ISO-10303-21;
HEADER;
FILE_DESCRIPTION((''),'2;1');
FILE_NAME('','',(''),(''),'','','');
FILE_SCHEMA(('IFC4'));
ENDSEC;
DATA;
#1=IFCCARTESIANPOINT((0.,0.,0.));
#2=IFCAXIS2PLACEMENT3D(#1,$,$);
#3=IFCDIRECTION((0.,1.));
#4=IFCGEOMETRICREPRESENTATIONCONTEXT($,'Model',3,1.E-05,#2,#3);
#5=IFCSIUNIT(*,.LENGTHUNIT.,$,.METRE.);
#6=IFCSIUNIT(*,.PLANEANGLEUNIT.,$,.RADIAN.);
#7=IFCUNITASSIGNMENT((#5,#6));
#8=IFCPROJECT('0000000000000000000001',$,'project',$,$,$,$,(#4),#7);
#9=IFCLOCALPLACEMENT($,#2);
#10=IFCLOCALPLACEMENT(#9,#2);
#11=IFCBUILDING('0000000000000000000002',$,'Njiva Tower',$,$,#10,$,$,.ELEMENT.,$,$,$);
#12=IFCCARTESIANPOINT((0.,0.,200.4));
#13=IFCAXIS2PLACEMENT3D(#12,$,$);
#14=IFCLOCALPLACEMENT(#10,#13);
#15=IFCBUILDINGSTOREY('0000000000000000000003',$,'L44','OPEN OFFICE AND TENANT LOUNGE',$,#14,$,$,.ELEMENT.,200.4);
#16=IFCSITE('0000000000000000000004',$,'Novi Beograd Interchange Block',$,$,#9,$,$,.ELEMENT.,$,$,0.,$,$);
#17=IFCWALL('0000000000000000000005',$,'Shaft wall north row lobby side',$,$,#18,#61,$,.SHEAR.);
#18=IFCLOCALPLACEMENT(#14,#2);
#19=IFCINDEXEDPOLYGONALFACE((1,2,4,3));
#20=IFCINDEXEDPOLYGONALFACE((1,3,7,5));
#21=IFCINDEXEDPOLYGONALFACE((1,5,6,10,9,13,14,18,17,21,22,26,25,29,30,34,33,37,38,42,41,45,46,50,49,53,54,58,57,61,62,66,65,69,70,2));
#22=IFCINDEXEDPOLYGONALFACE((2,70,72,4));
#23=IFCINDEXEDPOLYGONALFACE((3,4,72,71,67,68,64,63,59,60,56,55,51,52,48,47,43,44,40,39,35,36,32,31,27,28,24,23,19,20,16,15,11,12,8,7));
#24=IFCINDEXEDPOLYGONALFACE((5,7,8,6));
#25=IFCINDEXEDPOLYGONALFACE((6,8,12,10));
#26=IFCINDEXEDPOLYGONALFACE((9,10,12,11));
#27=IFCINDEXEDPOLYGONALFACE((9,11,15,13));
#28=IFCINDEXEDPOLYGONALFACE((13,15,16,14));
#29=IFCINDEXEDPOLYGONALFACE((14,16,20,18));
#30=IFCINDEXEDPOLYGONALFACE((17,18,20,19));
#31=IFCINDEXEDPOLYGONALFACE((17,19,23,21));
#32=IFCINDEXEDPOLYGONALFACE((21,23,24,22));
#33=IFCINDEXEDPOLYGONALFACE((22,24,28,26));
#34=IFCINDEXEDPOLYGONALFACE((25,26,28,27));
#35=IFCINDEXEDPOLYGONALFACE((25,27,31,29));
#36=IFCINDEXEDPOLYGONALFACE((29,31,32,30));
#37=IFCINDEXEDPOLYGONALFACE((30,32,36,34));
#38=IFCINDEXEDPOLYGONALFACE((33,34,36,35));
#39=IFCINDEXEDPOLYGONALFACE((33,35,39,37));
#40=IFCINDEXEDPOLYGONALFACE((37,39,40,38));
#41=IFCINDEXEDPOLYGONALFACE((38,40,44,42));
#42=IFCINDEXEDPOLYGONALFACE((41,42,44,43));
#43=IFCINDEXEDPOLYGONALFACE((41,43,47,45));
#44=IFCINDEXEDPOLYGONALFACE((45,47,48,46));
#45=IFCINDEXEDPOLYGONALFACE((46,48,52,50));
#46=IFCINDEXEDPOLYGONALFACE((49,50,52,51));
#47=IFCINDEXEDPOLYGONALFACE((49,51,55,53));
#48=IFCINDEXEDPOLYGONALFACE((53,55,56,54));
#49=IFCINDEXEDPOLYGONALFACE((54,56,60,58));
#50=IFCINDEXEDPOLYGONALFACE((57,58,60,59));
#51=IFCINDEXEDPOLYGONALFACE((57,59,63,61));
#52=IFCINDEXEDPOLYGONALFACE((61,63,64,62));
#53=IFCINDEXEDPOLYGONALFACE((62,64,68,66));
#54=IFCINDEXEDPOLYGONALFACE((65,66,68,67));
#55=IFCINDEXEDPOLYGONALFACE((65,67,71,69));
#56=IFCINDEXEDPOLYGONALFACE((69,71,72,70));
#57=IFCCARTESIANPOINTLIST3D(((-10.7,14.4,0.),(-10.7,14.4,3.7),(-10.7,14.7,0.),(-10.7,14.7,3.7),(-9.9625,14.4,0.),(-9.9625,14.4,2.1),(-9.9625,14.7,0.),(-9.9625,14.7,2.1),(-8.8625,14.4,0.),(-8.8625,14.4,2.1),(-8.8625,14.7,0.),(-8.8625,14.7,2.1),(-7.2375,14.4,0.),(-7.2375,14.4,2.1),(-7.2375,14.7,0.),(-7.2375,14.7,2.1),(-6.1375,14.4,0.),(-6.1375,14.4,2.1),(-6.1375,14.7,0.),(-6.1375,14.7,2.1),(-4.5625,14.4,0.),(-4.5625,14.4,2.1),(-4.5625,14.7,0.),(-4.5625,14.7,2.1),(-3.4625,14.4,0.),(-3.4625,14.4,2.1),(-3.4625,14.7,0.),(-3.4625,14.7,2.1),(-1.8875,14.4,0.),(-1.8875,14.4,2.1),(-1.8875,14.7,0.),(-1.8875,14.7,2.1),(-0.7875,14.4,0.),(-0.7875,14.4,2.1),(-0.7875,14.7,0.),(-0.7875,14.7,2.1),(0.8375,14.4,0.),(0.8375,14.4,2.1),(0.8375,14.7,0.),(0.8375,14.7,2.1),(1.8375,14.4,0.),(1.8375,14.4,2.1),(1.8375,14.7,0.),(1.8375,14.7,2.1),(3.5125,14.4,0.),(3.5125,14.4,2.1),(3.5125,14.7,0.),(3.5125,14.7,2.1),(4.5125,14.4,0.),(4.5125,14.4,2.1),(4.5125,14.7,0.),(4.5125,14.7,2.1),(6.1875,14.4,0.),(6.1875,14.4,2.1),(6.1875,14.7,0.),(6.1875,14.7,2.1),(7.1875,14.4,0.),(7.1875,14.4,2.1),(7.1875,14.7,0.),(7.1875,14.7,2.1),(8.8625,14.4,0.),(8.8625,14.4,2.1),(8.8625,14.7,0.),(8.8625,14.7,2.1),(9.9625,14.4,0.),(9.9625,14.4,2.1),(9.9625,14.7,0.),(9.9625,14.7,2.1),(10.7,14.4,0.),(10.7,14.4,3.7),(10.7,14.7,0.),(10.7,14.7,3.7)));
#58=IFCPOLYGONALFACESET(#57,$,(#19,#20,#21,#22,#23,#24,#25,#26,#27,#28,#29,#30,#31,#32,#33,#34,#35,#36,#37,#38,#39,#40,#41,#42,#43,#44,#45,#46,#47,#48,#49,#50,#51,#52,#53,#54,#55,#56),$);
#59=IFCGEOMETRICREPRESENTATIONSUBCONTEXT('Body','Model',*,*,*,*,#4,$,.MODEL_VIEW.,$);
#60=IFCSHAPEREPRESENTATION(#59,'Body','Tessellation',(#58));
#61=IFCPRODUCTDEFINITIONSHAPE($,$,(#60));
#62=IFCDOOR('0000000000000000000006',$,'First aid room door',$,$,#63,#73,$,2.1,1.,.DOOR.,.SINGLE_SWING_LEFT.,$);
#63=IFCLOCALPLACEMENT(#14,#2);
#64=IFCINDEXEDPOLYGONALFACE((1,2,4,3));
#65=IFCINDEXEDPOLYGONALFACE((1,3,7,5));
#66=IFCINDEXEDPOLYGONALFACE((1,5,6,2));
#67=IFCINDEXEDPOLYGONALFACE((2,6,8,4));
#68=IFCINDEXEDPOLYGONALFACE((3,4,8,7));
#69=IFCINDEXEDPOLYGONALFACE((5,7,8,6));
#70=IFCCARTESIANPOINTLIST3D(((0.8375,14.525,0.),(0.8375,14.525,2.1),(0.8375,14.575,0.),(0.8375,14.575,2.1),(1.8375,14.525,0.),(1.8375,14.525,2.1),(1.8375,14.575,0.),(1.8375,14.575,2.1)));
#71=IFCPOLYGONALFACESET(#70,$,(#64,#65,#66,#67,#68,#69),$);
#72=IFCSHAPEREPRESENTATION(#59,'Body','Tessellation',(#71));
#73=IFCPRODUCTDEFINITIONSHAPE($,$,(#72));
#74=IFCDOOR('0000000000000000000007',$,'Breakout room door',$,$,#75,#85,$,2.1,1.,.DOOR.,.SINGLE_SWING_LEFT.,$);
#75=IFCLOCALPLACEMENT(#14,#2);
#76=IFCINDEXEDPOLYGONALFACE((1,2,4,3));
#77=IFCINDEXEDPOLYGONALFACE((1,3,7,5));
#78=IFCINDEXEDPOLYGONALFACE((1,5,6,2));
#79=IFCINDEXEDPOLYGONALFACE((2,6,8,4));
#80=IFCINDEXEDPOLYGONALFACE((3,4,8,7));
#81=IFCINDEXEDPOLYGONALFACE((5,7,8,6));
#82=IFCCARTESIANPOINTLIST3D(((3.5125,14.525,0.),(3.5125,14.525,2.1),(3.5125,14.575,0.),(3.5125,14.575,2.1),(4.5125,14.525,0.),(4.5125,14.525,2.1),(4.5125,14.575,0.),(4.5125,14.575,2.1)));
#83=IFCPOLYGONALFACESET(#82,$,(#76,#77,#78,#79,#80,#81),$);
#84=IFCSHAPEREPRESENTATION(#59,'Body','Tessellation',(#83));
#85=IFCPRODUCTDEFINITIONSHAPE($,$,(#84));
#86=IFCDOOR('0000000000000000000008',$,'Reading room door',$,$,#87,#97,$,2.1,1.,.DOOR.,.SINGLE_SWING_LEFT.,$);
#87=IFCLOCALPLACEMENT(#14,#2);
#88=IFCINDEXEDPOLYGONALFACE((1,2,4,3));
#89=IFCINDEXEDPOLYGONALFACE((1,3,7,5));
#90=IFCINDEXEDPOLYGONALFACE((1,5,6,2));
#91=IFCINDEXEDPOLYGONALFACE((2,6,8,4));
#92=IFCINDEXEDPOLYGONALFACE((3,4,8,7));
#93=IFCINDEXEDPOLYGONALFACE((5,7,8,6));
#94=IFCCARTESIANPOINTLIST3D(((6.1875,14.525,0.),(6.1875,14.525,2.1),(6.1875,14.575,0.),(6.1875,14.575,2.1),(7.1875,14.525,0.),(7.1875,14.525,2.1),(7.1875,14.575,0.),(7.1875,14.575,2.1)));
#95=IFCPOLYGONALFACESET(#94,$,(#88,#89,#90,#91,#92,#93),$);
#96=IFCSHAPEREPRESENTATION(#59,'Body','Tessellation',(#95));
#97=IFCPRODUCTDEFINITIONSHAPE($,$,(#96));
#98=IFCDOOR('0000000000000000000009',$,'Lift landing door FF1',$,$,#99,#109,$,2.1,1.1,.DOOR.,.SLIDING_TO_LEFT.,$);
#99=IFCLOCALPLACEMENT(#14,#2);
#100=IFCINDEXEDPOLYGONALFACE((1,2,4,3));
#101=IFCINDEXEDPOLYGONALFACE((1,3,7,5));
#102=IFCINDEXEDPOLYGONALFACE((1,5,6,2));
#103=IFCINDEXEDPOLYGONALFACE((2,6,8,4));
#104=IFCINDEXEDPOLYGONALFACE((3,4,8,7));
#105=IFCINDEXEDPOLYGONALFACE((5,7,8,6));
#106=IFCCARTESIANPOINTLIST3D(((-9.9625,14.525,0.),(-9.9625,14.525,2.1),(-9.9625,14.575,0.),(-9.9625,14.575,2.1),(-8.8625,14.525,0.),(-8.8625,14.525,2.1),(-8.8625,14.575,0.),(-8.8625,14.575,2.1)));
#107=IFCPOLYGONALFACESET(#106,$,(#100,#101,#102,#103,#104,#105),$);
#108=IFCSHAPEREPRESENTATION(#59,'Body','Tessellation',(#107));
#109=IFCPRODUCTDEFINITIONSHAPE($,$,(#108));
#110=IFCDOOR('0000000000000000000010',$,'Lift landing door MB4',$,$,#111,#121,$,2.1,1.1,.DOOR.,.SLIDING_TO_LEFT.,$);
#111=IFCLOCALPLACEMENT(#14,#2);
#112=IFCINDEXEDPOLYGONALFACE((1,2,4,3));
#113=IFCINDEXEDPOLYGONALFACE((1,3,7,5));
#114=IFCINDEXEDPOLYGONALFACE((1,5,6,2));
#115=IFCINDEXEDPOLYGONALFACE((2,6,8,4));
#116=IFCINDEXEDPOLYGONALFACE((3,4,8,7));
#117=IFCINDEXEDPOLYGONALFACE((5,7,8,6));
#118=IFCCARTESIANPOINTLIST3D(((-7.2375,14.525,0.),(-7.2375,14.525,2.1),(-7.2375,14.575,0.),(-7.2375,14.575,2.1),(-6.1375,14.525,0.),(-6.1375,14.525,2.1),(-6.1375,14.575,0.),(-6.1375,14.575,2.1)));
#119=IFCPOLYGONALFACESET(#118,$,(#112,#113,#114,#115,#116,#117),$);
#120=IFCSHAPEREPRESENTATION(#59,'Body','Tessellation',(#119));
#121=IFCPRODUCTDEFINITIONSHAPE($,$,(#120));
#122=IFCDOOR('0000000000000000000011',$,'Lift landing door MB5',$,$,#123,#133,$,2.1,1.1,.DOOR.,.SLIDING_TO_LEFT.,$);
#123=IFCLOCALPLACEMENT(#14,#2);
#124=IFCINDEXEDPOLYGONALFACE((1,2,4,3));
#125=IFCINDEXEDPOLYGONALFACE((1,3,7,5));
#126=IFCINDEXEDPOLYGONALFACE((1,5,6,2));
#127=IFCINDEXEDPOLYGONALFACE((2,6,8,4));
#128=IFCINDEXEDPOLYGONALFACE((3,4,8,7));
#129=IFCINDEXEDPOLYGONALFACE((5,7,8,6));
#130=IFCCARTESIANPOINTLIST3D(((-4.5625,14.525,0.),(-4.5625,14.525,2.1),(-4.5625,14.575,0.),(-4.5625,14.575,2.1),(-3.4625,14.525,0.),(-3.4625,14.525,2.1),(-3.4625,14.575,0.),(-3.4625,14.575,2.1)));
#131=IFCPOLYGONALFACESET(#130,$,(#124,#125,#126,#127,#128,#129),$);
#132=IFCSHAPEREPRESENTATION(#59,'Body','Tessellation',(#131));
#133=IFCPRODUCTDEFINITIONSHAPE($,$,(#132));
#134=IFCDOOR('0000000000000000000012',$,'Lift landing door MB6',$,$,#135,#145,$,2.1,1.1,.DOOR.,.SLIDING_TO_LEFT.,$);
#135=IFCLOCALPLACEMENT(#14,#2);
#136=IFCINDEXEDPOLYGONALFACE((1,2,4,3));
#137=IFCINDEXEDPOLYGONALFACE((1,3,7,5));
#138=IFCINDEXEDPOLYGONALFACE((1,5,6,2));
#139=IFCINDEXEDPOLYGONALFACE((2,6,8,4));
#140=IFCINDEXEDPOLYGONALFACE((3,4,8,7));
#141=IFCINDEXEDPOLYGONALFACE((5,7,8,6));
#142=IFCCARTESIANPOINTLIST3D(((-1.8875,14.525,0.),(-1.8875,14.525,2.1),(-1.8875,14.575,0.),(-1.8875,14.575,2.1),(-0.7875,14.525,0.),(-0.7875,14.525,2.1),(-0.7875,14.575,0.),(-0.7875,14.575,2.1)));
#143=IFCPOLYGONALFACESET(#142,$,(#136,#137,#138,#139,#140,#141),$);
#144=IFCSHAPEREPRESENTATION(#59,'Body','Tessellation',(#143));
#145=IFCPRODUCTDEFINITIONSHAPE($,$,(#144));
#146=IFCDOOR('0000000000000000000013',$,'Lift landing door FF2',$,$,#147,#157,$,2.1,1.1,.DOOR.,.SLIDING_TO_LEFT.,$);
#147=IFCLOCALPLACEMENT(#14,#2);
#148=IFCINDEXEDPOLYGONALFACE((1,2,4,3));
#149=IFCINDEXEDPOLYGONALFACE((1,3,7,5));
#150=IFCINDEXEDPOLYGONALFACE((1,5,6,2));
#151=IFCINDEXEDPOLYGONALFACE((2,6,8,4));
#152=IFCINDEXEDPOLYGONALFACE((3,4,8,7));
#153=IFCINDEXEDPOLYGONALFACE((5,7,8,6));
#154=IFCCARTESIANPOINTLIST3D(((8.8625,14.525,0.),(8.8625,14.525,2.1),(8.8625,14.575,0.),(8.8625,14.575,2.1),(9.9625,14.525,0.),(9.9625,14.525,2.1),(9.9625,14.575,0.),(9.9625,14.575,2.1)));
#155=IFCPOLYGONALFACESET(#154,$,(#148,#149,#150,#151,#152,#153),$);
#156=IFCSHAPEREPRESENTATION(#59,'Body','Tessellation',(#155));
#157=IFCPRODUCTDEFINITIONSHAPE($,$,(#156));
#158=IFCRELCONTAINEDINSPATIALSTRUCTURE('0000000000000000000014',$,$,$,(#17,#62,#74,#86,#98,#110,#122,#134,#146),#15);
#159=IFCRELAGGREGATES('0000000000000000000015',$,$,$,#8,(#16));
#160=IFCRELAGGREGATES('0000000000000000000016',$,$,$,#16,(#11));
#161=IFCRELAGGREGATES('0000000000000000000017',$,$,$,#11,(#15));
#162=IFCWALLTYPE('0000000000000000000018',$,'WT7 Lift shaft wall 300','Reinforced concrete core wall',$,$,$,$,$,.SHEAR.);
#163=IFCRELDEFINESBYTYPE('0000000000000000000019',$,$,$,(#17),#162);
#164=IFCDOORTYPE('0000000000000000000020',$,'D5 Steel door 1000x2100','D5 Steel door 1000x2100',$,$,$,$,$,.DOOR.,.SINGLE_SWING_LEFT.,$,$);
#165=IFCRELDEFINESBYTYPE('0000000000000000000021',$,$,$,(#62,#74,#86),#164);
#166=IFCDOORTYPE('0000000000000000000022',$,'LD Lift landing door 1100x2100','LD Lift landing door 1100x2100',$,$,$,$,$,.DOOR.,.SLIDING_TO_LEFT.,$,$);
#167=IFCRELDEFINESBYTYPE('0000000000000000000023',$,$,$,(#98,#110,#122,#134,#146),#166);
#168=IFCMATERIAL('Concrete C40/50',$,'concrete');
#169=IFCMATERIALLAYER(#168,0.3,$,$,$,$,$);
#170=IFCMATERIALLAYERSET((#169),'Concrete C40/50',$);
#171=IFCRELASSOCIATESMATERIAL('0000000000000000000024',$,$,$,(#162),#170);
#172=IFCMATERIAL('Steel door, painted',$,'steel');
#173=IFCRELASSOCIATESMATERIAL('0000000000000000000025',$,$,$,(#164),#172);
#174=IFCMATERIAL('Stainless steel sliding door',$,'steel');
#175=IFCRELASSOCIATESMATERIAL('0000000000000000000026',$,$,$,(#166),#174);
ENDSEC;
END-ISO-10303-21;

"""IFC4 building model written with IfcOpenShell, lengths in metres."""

from ifc_helpers import new_model, si_unit, direction, frame, frame_2d, origin, place, context, subcontext, project, spatial, rectangle, extrude, material, layer, layer_set, type_object, element, fill, save


model = new_model("IFC4")

# Units and contexts
model_context = context("Model", 3, precision=1e-05, world=origin(), true_north=direction((0.0, 1.0)))
body_context = subcontext(model_context, "Body", "Model", "MODEL_VIEW")
ifc_project = project(units=[si_unit("LENGTHUNIT", "METRE"), si_unit("PLANEANGLEUNIT", "RADIAN")], contexts=[model_context])

# Site, building, storey
site_placement = place(None, origin())
site = spatial("IfcSite", under=ifc_project, at=site_placement, Name="Novi Beograd Interchange Block", CompositionType="ELEMENT", RefElevation=0.0)
building_placement = place(site_placement, origin())
building = spatial("IfcBuilding", under=site, at=building_placement, Name="Njiva Tower", CompositionType="ELEMENT")
storey_placement = place(building_placement, frame((0.0, 0.0, 200.4)))
storey = spatial("IfcBuildingStorey", under=building, at=storey_placement, Name="L44", Description="OPEN OFFICE AND TENANT LOUNGE", CompositionType="ELEMENT", Elevation=200.4)

# Wall, openings, doors
ifc_material_1 = material(Name="Concrete C40/50", Category="concrete")
ifc_layer = layer(ifc_material_1, 0.3)
ifc_layer_set = layer_set([ifc_layer], Name="Concrete C40/50")
wall_type = type_object("IfcWallType", Name="WT7 Lift shaft wall 300", Description="Reinforced concrete core wall", PredefinedType="SHEAR", material=ifc_layer_set)
wall_1_placement = place(storey_placement, frame((-10.7, 14.55, 0.0), z_axis=(0.0, 0.0, 1.0), x_axis=(1.0, 0.0, 0.0)))
wall_1 = element("IfcWall", 1, at=wall_1_placement, inside=storey, type_object=wall_type, Name="Shaft wall north row lobby side", PredefinedType="SHEAR", context=body_context, shape_type="SweptSolid", body=[
    extrude(rectangle(XDim=21.4, YDim=0.3, at=frame_2d((10.7, 0.0))), origin(), (0.0, 0.0, 1.0), 3.7),
])
opening_1_placement = place(wall_1_placement, frame((0.7375, 0.0, 0.0)))
opening_1 = element("IfcOpeningElement", 2, at=opening_1_placement, cuts=wall_1, PredefinedType="OPENING", context=body_context, shape_type="SweptSolid", body=[
    extrude(rectangle(XDim=1.1, YDim=2.1, at=frame_2d((0.55, 1.05))), frame((0.0, 0.16, 0.0), z_axis=(0.0, -1.0, 0.0), x_axis=(1.0, 0.0, 0.0)), (0.0, 0.0, 1.0), 0.32),
])
opening_2_placement = place(wall_1_placement, frame((3.4625, 0.0, 0.0)))
opening_2 = element("IfcOpeningElement", 3, at=opening_2_placement, cuts=wall_1, PredefinedType="OPENING", context=body_context, shape_type="SweptSolid", body=[
    extrude(rectangle(XDim=1.1, YDim=2.1, at=frame_2d((0.55, 1.05))), frame((0.0, 0.16, 0.0), z_axis=(0.0, -1.0, 0.0), x_axis=(1.0, 0.0, 0.0)), (0.0, 0.0, 1.0), 0.32),
])
opening_3_placement = place(wall_1_placement, frame((6.1375, 0.0, 0.0)))
opening_3 = element("IfcOpeningElement", 4, at=opening_3_placement, cuts=wall_1, PredefinedType="OPENING", context=body_context, shape_type="SweptSolid", body=[
    extrude(rectangle(XDim=1.1, YDim=2.1, at=frame_2d((0.55, 1.05))), frame((0.0, 0.16, 0.0), z_axis=(0.0, -1.0, 0.0), x_axis=(1.0, 0.0, 0.0)), (0.0, 0.0, 1.0), 0.32),
])
opening_4_placement = place(wall_1_placement, frame((8.8125, 0.0, 0.0)))
opening_4 = element("IfcOpeningElement", 5, at=opening_4_placement, cuts=wall_1, PredefinedType="OPENING", context=body_context, shape_type="SweptSolid", body=[
    extrude(rectangle(XDim=1.1, YDim=2.1, at=frame_2d((0.55, 1.05))), frame((0.0, 0.16, 0.0), z_axis=(0.0, -1.0, 0.0), x_axis=(1.0, 0.0, 0.0)), (0.0, 0.0, 1.0), 0.32),
])
opening_5_placement = place(wall_1_placement, frame((19.5625, 0.0, 0.0)))
opening_5 = element("IfcOpeningElement", 6, at=opening_5_placement, cuts=wall_1, PredefinedType="OPENING", context=body_context, shape_type="SweptSolid", body=[
    extrude(rectangle(XDim=1.1, YDim=2.1, at=frame_2d((0.55, 1.05))), frame((0.0, 0.16, 0.0), z_axis=(0.0, -1.0, 0.0), x_axis=(1.0, 0.0, 0.0)), (0.0, 0.0, 1.0), 0.32),
])
opening_6_placement = place(wall_1_placement, frame((11.5375, 0.0, 0.0)))
opening_6 = element("IfcOpeningElement", 7, at=opening_6_placement, cuts=wall_1, PredefinedType="OPENING", context=body_context, shape_type="SweptSolid", body=[
    extrude(rectangle(XDim=1.0, YDim=2.1, at=frame_2d((0.5, 1.05))), frame((0.0, 0.16, 0.0), z_axis=(0.0, -1.0, 0.0), x_axis=(1.0, 0.0, 0.0)), (0.0, 0.0, 1.0), 0.32),
])
opening_7_placement = place(wall_1_placement, frame((14.2125, 0.0, 0.0)))
opening_7 = element("IfcOpeningElement", 8, at=opening_7_placement, cuts=wall_1, PredefinedType="OPENING", context=body_context, shape_type="SweptSolid", body=[
    extrude(rectangle(XDim=1.0, YDim=2.1, at=frame_2d((0.5, 1.05))), frame((0.0, 0.16, 0.0), z_axis=(0.0, -1.0, 0.0), x_axis=(1.0, 0.0, 0.0)), (0.0, 0.0, 1.0), 0.32),
])
opening_8_placement = place(wall_1_placement, frame((16.8875, 0.0, 0.0)))
opening_8 = element("IfcOpeningElement", 9, at=opening_8_placement, cuts=wall_1, PredefinedType="OPENING", context=body_context, shape_type="SweptSolid", body=[
    extrude(rectangle(XDim=1.0, YDim=2.1, at=frame_2d((0.5, 1.05))), frame((0.0, 0.16, 0.0), z_axis=(0.0, -1.0, 0.0), x_axis=(1.0, 0.0, 0.0)), (0.0, 0.0, 1.0), 0.32),
])
ifc_material_2 = material(Name="Steel door, painted", Category="steel")
door_type_1 = type_object("IfcDoorType", Name="D5 Steel door 1000x2100", Description="D5 Steel door 1000x2100", OperationType="SINGLE_SWING_LEFT", PredefinedType="DOOR", material=ifc_material_2)
door_1_placement = place(opening_6_placement, origin())
door_1 = element("IfcDoor", 10, at=door_1_placement, inside=storey, type_object=door_type_1, Name="First aid room door", OperationType="SINGLE_SWING_LEFT", OverallHeight=2.1, OverallWidth=1.0, PredefinedType="DOOR", context=body_context, shape_type="SweptSolid", body=[
    extrude(rectangle(XDim=1.0, YDim=2.1, at=frame_2d((0.5, 1.05))), frame((0.0, 0.025, 0.0), z_axis=(0.0, -1.0, 0.0), x_axis=(1.0, 0.0, 0.0)), (0.0, 0.0, 1.0), 0.05),
])
fill(opening_6, door_1)
door_2_placement = place(opening_7_placement, origin())
door_2 = element("IfcDoor", 11, at=door_2_placement, inside=storey, type_object=door_type_1, Name="Breakout room door", OperationType="SINGLE_SWING_LEFT", OverallHeight=2.1, OverallWidth=1.0, PredefinedType="DOOR", context=body_context, shape_type="SweptSolid", body=[
    extrude(rectangle(XDim=1.0, YDim=2.1, at=frame_2d((0.5, 1.05))), frame((0.0, 0.025, 0.0), z_axis=(0.0, -1.0, 0.0), x_axis=(1.0, 0.0, 0.0)), (0.0, 0.0, 1.0), 0.05),
])
fill(opening_7, door_2)
door_3_placement = place(opening_8_placement, origin())
door_3 = element("IfcDoor", 12, at=door_3_placement, inside=storey, type_object=door_type_1, Name="Reading room door", OperationType="SINGLE_SWING_LEFT", OverallHeight=2.1, OverallWidth=1.0, PredefinedType="DOOR", context=body_context, shape_type="SweptSolid", body=[
    extrude(rectangle(XDim=1.0, YDim=2.1, at=frame_2d((0.5, 1.05))), frame((0.0, 0.025, 0.0), z_axis=(0.0, -1.0, 0.0), x_axis=(1.0, 0.0, 0.0)), (0.0, 0.0, 1.0), 0.05),
])
fill(opening_8, door_3)
ifc_material_3 = material(Name="Stainless steel sliding door", Category="steel")
door_type_2 = type_object("IfcDoorType", Name="LD Lift landing door 1100x2100", Description="LD Lift landing door 1100x2100", OperationType="SLIDING_TO_LEFT", PredefinedType="DOOR", material=ifc_material_3)
door_4_placement = place(opening_1_placement, origin())
door_4 = element("IfcDoor", 13, at=door_4_placement, inside=storey, type_object=door_type_2, Name="Lift landing door FF1", OperationType="SLIDING_TO_LEFT", OverallHeight=2.1, OverallWidth=1.1, PredefinedType="DOOR", context=body_context, shape_type="SweptSolid", body=[
    extrude(rectangle(XDim=1.1, YDim=2.1, at=frame_2d((0.55, 1.05))), frame((0.0, 0.025, 0.0), z_axis=(0.0, -1.0, 0.0), x_axis=(1.0, 0.0, 0.0)), (0.0, 0.0, 1.0), 0.05),
])
fill(opening_1, door_4)
door_5_placement = place(opening_2_placement, origin())
door_5 = element("IfcDoor", 14, at=door_5_placement, inside=storey, type_object=door_type_2, Name="Lift landing door MB4", OperationType="SLIDING_TO_LEFT", OverallHeight=2.1, OverallWidth=1.1, PredefinedType="DOOR", context=body_context, shape_type="SweptSolid", body=[
    extrude(rectangle(XDim=1.1, YDim=2.1, at=frame_2d((0.55, 1.05))), frame((0.0, 0.025, 0.0), z_axis=(0.0, -1.0, 0.0), x_axis=(1.0, 0.0, 0.0)), (0.0, 0.0, 1.0), 0.05),
])
fill(opening_2, door_5)
door_6_placement = place(opening_3_placement, origin())
door_6 = element("IfcDoor", 15, at=door_6_placement, inside=storey, type_object=door_type_2, Name="Lift landing door MB5", OperationType="SLIDING_TO_LEFT", OverallHeight=2.1, OverallWidth=1.1, PredefinedType="DOOR", context=body_context, shape_type="SweptSolid", body=[
    extrude(rectangle(XDim=1.1, YDim=2.1, at=frame_2d((0.55, 1.05))), frame((0.0, 0.025, 0.0), z_axis=(0.0, -1.0, 0.0), x_axis=(1.0, 0.0, 0.0)), (0.0, 0.0, 1.0), 0.05),
])
fill(opening_3, door_6)
door_7_placement = place(opening_4_placement, origin())
door_7 = element("IfcDoor", 16, at=door_7_placement, inside=storey, type_object=door_type_2, Name="Lift landing door MB6", OperationType="SLIDING_TO_LEFT", OverallHeight=2.1, OverallWidth=1.1, PredefinedType="DOOR", context=body_context, shape_type="SweptSolid", body=[
    extrude(rectangle(XDim=1.1, YDim=2.1, at=frame_2d((0.55, 1.05))), frame((0.0, 0.025, 0.0), z_axis=(0.0, -1.0, 0.0), x_axis=(1.0, 0.0, 0.0)), (0.0, 0.0, 1.0), 0.05),
])
fill(opening_4, door_7)
door_8_placement = place(opening_5_placement, origin())
door_8 = element("IfcDoor", 17, at=door_8_placement, inside=storey, type_object=door_type_2, Name="Lift landing door FF2", OperationType="SLIDING_TO_LEFT", OverallHeight=2.1, OverallWidth=1.1, PredefinedType="DOOR", context=body_context, shape_type="SweptSolid", body=[
    extrude(rectangle(XDim=1.1, YDim=2.1, at=frame_2d((0.55, 1.05))), frame((0.0, 0.025, 0.0), z_axis=(0.0, -1.0, 0.0), x_axis=(1.0, 0.0, 0.0)), (0.0, 0.0, 1.0), 0.05),
])
fill(opening_5, door_8)

save(model, "model.ifc")
